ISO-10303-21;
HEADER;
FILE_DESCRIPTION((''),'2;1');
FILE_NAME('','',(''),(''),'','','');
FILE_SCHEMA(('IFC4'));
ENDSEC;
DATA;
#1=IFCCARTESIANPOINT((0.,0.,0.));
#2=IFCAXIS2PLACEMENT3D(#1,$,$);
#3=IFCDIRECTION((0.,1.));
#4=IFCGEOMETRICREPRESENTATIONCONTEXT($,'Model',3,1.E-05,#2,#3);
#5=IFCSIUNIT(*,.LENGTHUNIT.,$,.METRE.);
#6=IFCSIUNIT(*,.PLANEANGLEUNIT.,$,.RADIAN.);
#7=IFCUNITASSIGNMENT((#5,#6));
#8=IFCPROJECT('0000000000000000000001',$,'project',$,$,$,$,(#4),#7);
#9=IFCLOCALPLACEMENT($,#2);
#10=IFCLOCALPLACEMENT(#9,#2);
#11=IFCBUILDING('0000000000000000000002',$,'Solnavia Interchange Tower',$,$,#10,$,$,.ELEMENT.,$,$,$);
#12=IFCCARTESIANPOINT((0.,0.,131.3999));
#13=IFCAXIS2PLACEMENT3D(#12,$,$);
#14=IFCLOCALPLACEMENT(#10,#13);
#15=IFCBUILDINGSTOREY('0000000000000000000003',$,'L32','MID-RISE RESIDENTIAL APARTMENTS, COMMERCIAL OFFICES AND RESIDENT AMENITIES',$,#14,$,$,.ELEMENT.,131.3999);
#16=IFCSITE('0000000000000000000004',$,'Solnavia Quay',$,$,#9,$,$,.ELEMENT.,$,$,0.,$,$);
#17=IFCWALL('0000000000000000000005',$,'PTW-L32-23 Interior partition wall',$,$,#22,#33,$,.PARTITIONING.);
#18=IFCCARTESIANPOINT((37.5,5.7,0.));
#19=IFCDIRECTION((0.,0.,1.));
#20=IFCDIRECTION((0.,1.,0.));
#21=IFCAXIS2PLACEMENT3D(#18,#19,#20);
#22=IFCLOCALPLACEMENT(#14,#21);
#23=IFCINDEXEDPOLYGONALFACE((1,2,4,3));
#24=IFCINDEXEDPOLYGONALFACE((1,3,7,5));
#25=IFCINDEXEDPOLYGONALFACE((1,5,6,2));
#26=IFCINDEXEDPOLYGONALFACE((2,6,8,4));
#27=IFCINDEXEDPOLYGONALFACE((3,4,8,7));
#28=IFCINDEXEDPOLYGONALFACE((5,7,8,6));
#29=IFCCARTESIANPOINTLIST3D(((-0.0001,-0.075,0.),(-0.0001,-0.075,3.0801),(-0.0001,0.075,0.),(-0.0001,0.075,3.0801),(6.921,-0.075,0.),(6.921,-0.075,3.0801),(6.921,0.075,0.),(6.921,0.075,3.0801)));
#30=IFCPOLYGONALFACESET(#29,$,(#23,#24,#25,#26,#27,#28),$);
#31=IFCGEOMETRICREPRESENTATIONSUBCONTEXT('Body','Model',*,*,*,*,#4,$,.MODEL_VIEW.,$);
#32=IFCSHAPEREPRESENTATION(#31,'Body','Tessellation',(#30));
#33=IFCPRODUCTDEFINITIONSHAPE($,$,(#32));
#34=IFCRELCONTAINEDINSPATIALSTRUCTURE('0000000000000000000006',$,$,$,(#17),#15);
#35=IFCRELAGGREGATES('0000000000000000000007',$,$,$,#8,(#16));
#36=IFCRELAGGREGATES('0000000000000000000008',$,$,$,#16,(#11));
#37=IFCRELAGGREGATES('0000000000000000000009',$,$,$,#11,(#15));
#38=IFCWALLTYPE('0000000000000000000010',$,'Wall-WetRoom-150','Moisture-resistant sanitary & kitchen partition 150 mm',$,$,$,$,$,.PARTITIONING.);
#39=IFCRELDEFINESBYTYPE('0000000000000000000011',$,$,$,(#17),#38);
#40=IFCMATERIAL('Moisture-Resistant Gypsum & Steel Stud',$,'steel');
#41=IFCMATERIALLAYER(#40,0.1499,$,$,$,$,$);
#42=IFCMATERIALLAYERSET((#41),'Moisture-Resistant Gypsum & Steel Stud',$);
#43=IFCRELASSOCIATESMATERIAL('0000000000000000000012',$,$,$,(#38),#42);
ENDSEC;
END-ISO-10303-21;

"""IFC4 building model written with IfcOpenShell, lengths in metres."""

from ifc_helpers import new_model, si_unit, direction, frame, frame_2d, origin, place, context, subcontext, project, spatial, rectangle, extrude, material, layer, layer_set, type_object, element, save


model = new_model("IFC4")

# Units and contexts
model_context = context("Model", 3, precision=1e-05, world=origin(), true_north=direction((0.0, 1.0)))
body_context = subcontext(model_context, "Body", "Model", "MODEL_VIEW")
ifc_project = project(units=[si_unit("LENGTHUNIT", "METRE"), si_unit("PLANEANGLEUNIT", "RADIAN")], contexts=[model_context])

# Site, building, storey
site_placement = place(None, origin())
site = spatial("IfcSite", under=ifc_project, at=site_placement, Name="Solnavia Quay", CompositionType="ELEMENT", RefElevation=0.0)
building_placement = place(site_placement, origin())
building = spatial("IfcBuilding", under=site, at=building_placement, Name="Solnavia Interchange Tower", CompositionType="ELEMENT")
storey_placement = place(building_placement, frame((0.0, 0.0, 131.3999)))
storey = spatial("IfcBuildingStorey", under=building, at=storey_placement, Name="L32", Description="MID-RISE RESIDENTIAL APARTMENTS, COMMERCIAL OFFICES AND RESIDENT AMENITIES", CompositionType="ELEMENT", Elevation=131.3999)

# Shared definitions
ifc_material_1 = material(Name="Moisture-Resistant Gypsum & Steel Stud", Category="steel")
ifc_layer_1 = layer(ifc_material_1, 0.1499)
ifc_layer_set_1 = layer_set([ifc_layer_1], Name="Moisture-Resistant Gypsum & Steel Stud")
wall_type_1 = type_object("IfcWallType", Name="Wall-WetRoom-150", Description="Moisture-resistant sanitary & kitchen partition 150 mm", PredefinedType="PARTITIONING", material=ifc_layer_set_1)

# Wall
wall_1_placement = place(storey_placement, frame((37.5, 5.7, 0.0), z_axis=(0.0, 0.0, 1.0), x_axis=(0.0, 1.0, 0.0)))
element("IfcWall", 1, at=wall_1_placement, inside=storey, type_object=wall_type_1, Name="PTW-L32-23 Interior partition wall", PredefinedType="PARTITIONING", context=body_context, shape_type="SweptSolid", body=[
    extrude(rectangle(XDim=6.9211, YDim=0.1499, at=frame_2d((3.4604, 0.0))), origin(), (0.0, 0.0, 1.0), 3.0801),
])

save(model, "model.ifc")
